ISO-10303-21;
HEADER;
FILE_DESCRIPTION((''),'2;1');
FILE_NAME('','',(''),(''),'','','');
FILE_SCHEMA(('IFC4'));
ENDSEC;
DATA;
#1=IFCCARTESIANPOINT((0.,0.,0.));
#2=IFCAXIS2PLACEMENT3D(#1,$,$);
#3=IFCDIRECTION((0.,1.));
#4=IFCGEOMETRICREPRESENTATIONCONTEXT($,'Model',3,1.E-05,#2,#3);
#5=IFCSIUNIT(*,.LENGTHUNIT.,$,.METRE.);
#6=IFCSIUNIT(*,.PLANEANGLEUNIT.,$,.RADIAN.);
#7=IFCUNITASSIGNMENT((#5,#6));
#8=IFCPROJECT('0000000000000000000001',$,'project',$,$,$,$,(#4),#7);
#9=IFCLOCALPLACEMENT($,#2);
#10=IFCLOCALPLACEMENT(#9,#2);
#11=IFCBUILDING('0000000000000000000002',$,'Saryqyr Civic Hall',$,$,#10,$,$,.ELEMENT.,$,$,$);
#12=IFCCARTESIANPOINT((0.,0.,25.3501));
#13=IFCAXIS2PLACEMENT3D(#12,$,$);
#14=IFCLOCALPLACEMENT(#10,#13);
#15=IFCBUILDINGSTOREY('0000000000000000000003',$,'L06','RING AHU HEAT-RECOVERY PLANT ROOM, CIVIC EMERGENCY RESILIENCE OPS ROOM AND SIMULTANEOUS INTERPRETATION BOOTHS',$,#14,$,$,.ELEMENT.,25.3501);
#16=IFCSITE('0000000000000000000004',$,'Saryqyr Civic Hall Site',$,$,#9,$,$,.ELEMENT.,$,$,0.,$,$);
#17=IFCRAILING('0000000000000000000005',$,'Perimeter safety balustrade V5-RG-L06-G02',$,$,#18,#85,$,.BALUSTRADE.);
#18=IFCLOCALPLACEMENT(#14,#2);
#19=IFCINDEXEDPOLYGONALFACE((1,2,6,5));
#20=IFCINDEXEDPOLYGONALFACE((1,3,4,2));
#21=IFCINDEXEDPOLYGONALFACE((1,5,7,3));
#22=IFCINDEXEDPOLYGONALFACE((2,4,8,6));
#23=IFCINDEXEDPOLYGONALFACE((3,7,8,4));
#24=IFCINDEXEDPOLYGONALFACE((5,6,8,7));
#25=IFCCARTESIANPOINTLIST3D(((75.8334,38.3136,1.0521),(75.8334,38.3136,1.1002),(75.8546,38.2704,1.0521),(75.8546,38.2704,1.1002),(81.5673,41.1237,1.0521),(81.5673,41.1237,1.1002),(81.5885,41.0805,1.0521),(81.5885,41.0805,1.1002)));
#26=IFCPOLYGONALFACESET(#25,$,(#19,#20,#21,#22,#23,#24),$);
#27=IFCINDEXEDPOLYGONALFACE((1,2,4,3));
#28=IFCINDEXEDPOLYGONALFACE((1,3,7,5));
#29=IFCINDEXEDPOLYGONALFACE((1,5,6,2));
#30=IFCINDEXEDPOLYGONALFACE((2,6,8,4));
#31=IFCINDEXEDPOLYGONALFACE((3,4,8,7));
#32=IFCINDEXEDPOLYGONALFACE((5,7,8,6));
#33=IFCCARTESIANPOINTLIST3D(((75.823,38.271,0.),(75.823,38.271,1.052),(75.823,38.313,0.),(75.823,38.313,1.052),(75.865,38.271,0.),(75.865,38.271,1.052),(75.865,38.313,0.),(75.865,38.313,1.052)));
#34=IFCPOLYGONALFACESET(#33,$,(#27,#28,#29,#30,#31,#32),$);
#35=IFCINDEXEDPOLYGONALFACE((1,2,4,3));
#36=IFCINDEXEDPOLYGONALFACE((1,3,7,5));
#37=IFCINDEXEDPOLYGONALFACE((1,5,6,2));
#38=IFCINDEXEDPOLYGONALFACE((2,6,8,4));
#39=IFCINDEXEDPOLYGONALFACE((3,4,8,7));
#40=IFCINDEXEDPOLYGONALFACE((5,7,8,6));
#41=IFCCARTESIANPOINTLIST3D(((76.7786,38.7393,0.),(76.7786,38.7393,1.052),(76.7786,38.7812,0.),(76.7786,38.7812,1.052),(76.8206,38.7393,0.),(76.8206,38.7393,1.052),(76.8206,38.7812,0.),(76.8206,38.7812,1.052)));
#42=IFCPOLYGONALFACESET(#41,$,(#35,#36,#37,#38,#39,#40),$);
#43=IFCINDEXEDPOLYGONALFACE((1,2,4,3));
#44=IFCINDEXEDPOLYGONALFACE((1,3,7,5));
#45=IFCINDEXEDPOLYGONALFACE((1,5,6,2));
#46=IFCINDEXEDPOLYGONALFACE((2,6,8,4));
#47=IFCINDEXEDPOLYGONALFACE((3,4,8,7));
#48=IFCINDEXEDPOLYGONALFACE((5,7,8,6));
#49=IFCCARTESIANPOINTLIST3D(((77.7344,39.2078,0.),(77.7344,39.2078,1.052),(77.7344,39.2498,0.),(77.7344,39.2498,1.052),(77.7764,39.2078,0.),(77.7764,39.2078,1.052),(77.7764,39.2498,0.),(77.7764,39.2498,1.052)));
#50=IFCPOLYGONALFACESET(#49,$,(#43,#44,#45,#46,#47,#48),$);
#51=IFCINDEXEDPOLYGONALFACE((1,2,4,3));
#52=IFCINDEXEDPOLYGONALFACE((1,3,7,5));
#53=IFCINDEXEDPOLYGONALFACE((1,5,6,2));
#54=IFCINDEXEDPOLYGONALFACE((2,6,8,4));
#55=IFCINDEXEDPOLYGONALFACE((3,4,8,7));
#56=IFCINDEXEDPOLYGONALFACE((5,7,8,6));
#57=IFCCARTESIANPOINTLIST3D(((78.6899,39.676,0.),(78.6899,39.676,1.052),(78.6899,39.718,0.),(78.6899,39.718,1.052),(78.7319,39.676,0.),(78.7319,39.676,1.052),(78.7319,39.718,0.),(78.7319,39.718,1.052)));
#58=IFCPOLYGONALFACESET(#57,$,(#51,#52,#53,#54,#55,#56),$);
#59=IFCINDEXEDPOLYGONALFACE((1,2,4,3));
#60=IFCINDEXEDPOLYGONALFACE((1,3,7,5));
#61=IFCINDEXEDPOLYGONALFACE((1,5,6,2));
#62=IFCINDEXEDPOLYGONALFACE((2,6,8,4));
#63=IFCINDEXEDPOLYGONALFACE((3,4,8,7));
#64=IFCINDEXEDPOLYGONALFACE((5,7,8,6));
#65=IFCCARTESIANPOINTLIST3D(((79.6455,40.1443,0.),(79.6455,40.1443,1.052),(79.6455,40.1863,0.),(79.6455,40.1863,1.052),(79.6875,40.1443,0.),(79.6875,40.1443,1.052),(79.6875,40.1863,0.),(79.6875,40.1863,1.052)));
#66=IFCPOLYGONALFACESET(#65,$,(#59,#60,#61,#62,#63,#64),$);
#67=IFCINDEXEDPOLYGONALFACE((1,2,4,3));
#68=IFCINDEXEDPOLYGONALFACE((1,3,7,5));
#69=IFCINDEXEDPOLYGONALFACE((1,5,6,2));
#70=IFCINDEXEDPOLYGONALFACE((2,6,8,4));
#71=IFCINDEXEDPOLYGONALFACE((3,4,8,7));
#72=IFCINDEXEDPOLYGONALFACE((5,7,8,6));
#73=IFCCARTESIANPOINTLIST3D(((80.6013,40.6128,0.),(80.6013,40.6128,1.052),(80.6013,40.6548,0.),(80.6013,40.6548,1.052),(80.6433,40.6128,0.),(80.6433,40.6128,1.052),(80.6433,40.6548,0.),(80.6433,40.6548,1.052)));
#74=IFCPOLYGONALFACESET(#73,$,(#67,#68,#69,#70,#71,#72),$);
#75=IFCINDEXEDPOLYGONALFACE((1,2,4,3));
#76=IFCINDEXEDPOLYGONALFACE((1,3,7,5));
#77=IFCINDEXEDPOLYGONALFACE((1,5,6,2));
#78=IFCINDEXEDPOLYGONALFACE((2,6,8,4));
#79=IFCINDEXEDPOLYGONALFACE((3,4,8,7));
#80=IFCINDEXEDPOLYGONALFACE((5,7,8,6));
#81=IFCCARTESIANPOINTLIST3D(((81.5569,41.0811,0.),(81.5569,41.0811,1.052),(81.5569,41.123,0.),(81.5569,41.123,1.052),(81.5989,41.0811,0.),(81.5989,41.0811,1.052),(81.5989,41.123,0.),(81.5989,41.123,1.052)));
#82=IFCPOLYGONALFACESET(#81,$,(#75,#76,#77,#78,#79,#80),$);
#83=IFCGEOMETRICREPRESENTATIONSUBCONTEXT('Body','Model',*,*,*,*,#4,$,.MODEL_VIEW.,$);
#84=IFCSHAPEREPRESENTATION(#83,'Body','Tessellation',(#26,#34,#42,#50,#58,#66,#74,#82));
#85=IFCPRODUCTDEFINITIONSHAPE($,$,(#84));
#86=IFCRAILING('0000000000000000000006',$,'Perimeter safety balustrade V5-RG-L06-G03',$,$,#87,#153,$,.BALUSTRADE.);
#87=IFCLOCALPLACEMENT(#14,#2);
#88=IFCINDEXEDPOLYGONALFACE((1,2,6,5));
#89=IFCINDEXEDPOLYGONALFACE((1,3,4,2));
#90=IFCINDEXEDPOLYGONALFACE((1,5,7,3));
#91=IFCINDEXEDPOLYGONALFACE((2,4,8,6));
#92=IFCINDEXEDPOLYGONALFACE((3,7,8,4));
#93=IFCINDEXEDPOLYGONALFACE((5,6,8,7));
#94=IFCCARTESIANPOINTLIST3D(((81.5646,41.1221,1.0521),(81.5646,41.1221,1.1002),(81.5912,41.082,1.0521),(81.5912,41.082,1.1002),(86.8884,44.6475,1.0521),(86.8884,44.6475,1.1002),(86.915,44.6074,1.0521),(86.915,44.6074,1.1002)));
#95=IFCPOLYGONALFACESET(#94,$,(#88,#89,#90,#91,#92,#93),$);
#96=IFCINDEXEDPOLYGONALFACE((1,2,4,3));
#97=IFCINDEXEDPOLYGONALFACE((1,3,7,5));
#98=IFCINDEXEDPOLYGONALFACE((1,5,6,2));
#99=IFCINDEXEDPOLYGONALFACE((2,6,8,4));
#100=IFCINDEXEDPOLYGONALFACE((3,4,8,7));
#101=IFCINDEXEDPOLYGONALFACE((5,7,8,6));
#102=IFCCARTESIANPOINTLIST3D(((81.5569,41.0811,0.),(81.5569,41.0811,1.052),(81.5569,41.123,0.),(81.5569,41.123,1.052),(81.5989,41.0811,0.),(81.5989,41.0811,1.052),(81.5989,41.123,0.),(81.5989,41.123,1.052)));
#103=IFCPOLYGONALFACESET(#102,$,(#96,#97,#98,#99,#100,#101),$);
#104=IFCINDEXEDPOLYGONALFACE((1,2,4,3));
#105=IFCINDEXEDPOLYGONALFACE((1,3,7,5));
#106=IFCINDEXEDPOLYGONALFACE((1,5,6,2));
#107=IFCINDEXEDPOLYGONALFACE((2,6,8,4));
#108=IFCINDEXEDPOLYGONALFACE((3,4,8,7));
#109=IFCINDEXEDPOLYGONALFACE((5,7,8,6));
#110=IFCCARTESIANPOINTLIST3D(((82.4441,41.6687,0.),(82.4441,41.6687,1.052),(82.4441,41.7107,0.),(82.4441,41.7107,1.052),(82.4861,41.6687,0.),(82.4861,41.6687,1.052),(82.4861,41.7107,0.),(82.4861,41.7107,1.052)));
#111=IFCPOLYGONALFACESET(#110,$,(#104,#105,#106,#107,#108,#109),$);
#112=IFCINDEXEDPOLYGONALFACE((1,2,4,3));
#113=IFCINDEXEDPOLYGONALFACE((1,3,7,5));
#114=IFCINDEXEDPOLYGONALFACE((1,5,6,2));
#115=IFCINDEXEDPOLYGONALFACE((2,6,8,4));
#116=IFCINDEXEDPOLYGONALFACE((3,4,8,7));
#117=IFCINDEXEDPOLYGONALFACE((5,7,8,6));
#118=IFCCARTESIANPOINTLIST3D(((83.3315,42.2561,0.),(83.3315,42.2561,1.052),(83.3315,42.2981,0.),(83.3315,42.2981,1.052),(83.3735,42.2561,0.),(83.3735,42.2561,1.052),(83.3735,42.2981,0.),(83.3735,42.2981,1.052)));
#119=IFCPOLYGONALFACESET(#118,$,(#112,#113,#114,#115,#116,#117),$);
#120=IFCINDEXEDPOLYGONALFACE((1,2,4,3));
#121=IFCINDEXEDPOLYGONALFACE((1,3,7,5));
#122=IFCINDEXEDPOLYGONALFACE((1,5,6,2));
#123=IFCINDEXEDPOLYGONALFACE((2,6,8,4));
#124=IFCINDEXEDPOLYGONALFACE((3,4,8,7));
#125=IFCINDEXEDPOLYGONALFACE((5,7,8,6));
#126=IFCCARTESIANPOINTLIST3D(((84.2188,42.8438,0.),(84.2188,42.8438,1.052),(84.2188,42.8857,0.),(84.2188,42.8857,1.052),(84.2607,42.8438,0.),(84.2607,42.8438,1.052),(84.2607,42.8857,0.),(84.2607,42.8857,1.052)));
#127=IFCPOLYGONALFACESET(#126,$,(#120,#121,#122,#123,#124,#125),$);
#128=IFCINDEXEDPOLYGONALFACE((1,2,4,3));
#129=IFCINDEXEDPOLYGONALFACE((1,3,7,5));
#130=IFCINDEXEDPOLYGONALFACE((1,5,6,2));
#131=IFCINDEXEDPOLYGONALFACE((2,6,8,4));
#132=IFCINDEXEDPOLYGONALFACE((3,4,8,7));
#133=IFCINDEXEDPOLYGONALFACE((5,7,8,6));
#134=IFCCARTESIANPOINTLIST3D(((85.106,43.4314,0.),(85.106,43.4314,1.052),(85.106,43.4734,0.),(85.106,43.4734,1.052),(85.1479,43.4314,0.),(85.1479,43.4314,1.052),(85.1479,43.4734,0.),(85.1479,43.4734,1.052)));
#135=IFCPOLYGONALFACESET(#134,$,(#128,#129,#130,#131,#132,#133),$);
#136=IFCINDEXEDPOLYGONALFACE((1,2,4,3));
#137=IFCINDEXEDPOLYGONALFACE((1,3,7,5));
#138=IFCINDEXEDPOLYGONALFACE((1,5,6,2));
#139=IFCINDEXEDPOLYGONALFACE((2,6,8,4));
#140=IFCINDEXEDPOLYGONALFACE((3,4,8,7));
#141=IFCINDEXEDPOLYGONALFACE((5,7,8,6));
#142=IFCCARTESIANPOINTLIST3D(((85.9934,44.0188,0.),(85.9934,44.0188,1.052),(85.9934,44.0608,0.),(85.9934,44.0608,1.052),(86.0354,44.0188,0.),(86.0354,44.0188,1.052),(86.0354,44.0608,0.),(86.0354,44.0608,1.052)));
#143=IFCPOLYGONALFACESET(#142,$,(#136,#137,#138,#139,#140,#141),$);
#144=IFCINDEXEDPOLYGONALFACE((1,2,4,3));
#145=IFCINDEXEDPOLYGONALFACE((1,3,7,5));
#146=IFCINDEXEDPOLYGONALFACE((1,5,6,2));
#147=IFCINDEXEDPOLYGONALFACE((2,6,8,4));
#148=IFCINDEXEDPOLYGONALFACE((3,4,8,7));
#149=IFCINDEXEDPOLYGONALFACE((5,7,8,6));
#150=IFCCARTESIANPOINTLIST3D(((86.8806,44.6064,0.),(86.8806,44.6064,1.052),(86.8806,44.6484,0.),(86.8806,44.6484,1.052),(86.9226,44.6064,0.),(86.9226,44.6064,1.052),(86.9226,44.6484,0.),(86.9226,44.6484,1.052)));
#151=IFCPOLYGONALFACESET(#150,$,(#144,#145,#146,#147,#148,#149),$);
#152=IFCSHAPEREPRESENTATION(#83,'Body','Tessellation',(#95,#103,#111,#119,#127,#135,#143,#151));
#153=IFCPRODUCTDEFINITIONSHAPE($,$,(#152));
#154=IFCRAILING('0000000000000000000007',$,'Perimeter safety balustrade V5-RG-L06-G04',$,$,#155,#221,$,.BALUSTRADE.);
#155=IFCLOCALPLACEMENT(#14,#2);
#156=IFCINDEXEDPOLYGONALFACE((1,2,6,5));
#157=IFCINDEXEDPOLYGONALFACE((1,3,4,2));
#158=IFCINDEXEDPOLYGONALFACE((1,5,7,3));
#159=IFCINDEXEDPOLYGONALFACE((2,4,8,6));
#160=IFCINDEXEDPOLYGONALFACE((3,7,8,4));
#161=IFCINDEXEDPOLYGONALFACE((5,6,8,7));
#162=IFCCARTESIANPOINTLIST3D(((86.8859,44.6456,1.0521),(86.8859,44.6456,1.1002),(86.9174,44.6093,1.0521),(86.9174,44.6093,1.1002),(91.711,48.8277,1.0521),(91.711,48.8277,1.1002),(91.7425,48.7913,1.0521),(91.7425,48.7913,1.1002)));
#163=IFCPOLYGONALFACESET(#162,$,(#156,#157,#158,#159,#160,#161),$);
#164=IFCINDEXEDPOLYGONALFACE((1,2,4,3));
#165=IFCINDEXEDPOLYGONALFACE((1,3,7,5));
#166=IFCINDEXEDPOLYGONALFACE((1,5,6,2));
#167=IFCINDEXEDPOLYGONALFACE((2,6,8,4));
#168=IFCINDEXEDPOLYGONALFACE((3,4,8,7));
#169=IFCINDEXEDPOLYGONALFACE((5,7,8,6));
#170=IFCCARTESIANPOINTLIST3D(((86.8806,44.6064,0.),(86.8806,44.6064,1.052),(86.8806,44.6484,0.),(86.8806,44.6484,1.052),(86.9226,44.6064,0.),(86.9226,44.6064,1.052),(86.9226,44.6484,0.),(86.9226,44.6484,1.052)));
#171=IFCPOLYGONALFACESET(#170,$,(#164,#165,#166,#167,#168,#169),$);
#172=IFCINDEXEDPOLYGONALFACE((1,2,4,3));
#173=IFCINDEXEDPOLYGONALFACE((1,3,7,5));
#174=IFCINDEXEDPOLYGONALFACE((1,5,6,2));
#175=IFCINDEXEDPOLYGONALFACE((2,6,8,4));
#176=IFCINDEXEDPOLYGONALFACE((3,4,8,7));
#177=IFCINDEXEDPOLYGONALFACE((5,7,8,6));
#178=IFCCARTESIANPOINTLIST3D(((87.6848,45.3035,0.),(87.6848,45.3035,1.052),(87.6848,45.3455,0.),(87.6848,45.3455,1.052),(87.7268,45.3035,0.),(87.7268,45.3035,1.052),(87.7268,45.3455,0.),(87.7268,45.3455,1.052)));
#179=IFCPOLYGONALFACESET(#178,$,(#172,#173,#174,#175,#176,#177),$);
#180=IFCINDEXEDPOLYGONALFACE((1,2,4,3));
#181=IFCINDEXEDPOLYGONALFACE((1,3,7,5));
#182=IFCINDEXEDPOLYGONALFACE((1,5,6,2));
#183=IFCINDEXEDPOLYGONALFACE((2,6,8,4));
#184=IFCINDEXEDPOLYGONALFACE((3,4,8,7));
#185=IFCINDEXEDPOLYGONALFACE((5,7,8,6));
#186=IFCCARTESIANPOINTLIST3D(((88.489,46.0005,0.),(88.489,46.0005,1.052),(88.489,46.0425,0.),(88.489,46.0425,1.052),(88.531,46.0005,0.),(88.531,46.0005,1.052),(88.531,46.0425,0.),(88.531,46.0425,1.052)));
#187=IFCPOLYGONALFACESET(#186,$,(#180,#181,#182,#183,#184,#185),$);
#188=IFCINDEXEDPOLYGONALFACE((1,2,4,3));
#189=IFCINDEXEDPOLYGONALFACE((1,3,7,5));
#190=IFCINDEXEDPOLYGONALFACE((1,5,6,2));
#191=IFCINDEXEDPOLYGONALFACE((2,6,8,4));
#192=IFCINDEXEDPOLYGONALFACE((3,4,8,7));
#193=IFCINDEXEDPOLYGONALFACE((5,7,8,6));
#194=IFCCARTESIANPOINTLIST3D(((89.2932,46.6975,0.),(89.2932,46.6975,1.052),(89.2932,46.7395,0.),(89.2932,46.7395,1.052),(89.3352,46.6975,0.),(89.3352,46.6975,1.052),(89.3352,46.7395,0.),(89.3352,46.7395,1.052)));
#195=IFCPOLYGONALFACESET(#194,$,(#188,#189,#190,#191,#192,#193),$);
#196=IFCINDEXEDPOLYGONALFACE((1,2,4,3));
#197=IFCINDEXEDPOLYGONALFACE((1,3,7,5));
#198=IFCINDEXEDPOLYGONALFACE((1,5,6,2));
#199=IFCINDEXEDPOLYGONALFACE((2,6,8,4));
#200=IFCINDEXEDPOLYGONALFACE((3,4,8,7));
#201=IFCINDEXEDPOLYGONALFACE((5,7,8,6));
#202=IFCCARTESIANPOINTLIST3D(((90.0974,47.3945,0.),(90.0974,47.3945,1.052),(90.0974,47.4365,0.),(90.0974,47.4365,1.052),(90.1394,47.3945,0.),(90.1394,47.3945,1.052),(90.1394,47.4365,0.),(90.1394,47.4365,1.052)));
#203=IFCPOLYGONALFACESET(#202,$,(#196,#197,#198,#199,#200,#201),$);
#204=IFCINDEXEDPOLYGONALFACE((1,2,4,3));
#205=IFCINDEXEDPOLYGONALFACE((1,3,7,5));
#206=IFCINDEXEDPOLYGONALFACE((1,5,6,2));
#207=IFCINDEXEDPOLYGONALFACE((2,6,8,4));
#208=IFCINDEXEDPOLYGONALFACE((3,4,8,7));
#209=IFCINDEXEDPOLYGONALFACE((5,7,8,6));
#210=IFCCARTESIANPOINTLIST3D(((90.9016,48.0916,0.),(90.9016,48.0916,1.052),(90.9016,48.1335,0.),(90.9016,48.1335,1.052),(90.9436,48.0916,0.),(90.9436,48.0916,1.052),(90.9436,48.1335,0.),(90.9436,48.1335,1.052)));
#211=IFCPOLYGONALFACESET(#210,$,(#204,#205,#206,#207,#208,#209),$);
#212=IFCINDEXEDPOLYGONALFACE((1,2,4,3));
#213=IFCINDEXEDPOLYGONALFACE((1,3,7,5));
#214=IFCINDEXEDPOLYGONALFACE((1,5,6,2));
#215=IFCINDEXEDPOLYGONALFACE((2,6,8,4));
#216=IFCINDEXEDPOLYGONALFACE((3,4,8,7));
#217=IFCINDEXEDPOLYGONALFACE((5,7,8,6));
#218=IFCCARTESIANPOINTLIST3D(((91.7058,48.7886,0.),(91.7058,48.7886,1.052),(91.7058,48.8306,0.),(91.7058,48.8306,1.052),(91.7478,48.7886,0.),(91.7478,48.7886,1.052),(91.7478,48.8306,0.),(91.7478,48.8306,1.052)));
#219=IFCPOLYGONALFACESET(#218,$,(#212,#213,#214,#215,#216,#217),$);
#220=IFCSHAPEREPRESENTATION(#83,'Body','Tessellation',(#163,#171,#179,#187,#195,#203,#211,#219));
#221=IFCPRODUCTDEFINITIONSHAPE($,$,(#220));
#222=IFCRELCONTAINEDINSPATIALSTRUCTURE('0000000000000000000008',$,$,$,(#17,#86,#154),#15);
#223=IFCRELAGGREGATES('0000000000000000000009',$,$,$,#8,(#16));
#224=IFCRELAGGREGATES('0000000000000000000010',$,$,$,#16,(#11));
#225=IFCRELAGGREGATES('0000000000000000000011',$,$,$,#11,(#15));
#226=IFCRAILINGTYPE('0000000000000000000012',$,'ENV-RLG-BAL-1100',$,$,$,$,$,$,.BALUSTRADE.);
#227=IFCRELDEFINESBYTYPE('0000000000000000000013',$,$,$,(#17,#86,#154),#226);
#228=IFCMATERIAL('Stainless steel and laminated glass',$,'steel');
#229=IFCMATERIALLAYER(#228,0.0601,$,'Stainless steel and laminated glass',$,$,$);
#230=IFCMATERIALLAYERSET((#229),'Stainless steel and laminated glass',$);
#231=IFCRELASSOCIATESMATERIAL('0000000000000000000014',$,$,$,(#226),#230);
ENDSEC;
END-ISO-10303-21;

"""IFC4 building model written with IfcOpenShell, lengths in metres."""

from ifc_helpers import new_model, si_unit, direction, frame, origin, origin_2d, place, context, subcontext, project, spatial, rectangle, extrude, material, layer, layer_set, type_object, element, save


model = new_model("IFC4")

# Units and contexts
model_context = context("Model", 3, precision=1e-05, world=origin(), true_north=direction((0.0, 1.0)))
body_context = subcontext(model_context, "Body", "Model", "MODEL_VIEW")
ifc_project = project(units=[si_unit("LENGTHUNIT", "METRE"), si_unit("PLANEANGLEUNIT", "RADIAN")], contexts=[model_context])

# Site, building, storey
site_placement = place(None, origin())
site = spatial("IfcSite", under=ifc_project, at=site_placement, Name="Saryqyr Civic Hall Site", CompositionType="ELEMENT", RefElevation=0.0)
building_placement = place(site_placement, origin())
building = spatial("IfcBuilding", under=site, at=building_placement, Name="Saryqyr Civic Hall", CompositionType="ELEMENT")
storey_placement = place(building_placement, frame((0.0, 0.0, 25.3501)))
storey = spatial("IfcBuildingStorey", under=building, at=storey_placement, Name="L06", Description="RING AHU HEAT-RECOVERY PLANT ROOM, CIVIC EMERGENCY RESILIENCE OPS ROOM AND SIMULTANEOUS INTERPRETATION BOOTHS", CompositionType="ELEMENT", Elevation=25.3501)

# Railings
ifc_material_1 = material(Name="Stainless steel and laminated glass", Category="steel")
ifc_layer_1 = layer(ifc_material_1, 0.0601, Name="Stainless steel and laminated glass")
ifc_layer_set_1 = layer_set([ifc_layer_1], Name="Stainless steel and laminated glass")
railing_type = type_object("IfcRailingType", Name="ENV-RLG-BAL-1100", PredefinedType="BALUSTRADE", material=ifc_layer_set_1)
railing_1_placement = place(storey_placement, frame((75.844, 38.292, 0.0)))
element("IfcRailing", 1, at=railing_1_placement, inside=storey, type_object=railing_type, Name="Perimeter safety balustrade V5-RG-L06-G02", PredefinedType="BALUSTRADE", context=body_context, shape_type="SweptSolid", body=[
    extrude(rectangle(XDim=0.0481, YDim=0.0481, at=origin_2d()), frame((0.0, 0.0, 1.0762), z_axis=(0.897962, 0.440073, 0.0), x_axis=(-0.440073, 0.897962, 0.0)), (0.0, 0.0, 1.0), 6.3855),
    extrude(rectangle(XDim=0.042, YDim=0.042, at=origin_2d()), origin(), (0.0, 0.0, 1.0), 1.052),
    extrude(rectangle(XDim=0.042, YDim=0.042, at=origin_2d()), frame((0.9556, 0.4683, 0.0)), (0.0, 0.0, 1.0), 1.052),
    extrude(rectangle(XDim=0.042, YDim=0.042, at=origin_2d()), frame((1.9114, 0.9368, 0.0)), (0.0, 0.0, 1.0), 1.052),
    extrude(rectangle(XDim=0.042, YDim=0.042, at=origin_2d()), frame((2.8669, 1.405, 0.0)), (0.0, 0.0, 1.0), 1.052),
    extrude(rectangle(XDim=0.042, YDim=0.042, at=origin_2d()), frame((3.8225, 1.8733, 0.0)), (0.0, 0.0, 1.0), 1.052),
    extrude(rectangle(XDim=0.042, YDim=0.042, at=origin_2d()), frame((4.7783, 2.3418, 0.0)), (0.0, 0.0, 1.0), 1.052),
    extrude(rectangle(XDim=0.042, YDim=0.042, at=origin_2d()), frame((5.7339, 2.8101, 0.0)), (0.0, 0.0, 1.0), 1.052),
])
railing_2_placement = place(storey_placement, frame((81.5779, 41.1021, 0.0)))
element("IfcRailing", 2, at=railing_2_placement, inside=storey, type_object=railing_type, Name="Perimeter safety balustrade V5-RG-L06-G03", PredefinedType="BALUSTRADE", context=body_context, shape_type="SweptSolid", body=[
    extrude(rectangle(XDim=0.0481, YDim=0.0481, at=origin_2d()), frame((0.0, 0.0, 1.0762), z_axis=(0.833764, 0.552121, 0.0), x_axis=(-0.552121, 0.833764, 0.0)), (0.0, 0.0, 1.0), 6.3853),
    extrude(rectangle(XDim=0.042, YDim=0.042, at=origin_2d()), origin(), (0.0, 0.0, 1.0), 1.052),
    extrude(rectangle(XDim=0.042, YDim=0.042, at=origin_2d()), frame((0.8872, 0.5876, 0.0)), (0.0, 0.0, 1.0), 1.052),
    extrude(rectangle(XDim=0.042, YDim=0.042, at=origin_2d()), frame((1.7747, 1.175, 0.0)), (0.0, 0.0, 1.0), 1.052),
    extrude(rectangle(XDim=0.042, YDim=0.042, at=origin_2d()), frame((2.6619, 1.7627, 0.0)), (0.0, 0.0, 1.0), 1.052),
    extrude(rectangle(XDim=0.042, YDim=0.042, at=origin_2d()), frame((3.5491, 2.3503, 0.0)), (0.0, 0.0, 1.0), 1.052),
    extrude(rectangle(XDim=0.042, YDim=0.042, at=origin_2d()), frame((4.4365, 2.9377, 0.0)), (0.0, 0.0, 1.0), 1.052),
    extrude(rectangle(XDim=0.042, YDim=0.042, at=origin_2d()), frame((5.3237, 3.5254, 0.0)), (0.0, 0.0, 1.0), 1.052),
])
railing_3_placement = place(storey_placement, frame((86.9016, 44.6274, 0.0)))
element("IfcRailing", 3, at=railing_3_placement, inside=storey, type_object=railing_type, Name="Perimeter safety balustrade V5-RG-L06-G04", PredefinedType="BALUSTRADE", context=body_context, shape_type="SweptSolid", body=[
    extrude(rectangle(XDim=0.0481, YDim=0.0481, at=origin_2d()), frame((0.0, 0.0, 1.0762), z_axis=(0.755666, 0.654957, 0.0), x_axis=(-0.654957, 0.755666, 0.0)), (0.0, 0.0, 1.0), 6.3853),
    extrude(rectangle(XDim=0.042, YDim=0.042, at=origin_2d()), origin(), (0.0, 0.0, 1.0), 1.052),
    extrude(rectangle(XDim=0.042, YDim=0.042, at=origin_2d()), frame((0.8042, 0.697, 0.0)), (0.0, 0.0, 1.0), 1.052),
    extrude(rectangle(XDim=0.042, YDim=0.042, at=origin_2d()), frame((1.6084, 1.394, 0.0)), (0.0, 0.0, 1.0), 1.052),
    extrude(rectangle(XDim=0.042, YDim=0.042, at=origin_2d()), frame((2.4126, 2.0911, 0.0)), (0.0, 0.0, 1.0), 1.052),
    extrude(rectangle(XDim=0.042, YDim=0.042, at=origin_2d()), frame((3.2168, 2.7881, 0.0)), (0.0, 0.0, 1.0), 1.052),
    extrude(rectangle(XDim=0.042, YDim=0.042, at=origin_2d()), frame((4.021, 3.4851, 0.0)), (0.0, 0.0, 1.0), 1.052),
    extrude(rectangle(XDim=0.042, YDim=0.042, at=origin_2d()), frame((4.8252, 4.1821, 0.0)), (0.0, 0.0, 1.0), 1.052),
])

save(model, "model.ifc")
